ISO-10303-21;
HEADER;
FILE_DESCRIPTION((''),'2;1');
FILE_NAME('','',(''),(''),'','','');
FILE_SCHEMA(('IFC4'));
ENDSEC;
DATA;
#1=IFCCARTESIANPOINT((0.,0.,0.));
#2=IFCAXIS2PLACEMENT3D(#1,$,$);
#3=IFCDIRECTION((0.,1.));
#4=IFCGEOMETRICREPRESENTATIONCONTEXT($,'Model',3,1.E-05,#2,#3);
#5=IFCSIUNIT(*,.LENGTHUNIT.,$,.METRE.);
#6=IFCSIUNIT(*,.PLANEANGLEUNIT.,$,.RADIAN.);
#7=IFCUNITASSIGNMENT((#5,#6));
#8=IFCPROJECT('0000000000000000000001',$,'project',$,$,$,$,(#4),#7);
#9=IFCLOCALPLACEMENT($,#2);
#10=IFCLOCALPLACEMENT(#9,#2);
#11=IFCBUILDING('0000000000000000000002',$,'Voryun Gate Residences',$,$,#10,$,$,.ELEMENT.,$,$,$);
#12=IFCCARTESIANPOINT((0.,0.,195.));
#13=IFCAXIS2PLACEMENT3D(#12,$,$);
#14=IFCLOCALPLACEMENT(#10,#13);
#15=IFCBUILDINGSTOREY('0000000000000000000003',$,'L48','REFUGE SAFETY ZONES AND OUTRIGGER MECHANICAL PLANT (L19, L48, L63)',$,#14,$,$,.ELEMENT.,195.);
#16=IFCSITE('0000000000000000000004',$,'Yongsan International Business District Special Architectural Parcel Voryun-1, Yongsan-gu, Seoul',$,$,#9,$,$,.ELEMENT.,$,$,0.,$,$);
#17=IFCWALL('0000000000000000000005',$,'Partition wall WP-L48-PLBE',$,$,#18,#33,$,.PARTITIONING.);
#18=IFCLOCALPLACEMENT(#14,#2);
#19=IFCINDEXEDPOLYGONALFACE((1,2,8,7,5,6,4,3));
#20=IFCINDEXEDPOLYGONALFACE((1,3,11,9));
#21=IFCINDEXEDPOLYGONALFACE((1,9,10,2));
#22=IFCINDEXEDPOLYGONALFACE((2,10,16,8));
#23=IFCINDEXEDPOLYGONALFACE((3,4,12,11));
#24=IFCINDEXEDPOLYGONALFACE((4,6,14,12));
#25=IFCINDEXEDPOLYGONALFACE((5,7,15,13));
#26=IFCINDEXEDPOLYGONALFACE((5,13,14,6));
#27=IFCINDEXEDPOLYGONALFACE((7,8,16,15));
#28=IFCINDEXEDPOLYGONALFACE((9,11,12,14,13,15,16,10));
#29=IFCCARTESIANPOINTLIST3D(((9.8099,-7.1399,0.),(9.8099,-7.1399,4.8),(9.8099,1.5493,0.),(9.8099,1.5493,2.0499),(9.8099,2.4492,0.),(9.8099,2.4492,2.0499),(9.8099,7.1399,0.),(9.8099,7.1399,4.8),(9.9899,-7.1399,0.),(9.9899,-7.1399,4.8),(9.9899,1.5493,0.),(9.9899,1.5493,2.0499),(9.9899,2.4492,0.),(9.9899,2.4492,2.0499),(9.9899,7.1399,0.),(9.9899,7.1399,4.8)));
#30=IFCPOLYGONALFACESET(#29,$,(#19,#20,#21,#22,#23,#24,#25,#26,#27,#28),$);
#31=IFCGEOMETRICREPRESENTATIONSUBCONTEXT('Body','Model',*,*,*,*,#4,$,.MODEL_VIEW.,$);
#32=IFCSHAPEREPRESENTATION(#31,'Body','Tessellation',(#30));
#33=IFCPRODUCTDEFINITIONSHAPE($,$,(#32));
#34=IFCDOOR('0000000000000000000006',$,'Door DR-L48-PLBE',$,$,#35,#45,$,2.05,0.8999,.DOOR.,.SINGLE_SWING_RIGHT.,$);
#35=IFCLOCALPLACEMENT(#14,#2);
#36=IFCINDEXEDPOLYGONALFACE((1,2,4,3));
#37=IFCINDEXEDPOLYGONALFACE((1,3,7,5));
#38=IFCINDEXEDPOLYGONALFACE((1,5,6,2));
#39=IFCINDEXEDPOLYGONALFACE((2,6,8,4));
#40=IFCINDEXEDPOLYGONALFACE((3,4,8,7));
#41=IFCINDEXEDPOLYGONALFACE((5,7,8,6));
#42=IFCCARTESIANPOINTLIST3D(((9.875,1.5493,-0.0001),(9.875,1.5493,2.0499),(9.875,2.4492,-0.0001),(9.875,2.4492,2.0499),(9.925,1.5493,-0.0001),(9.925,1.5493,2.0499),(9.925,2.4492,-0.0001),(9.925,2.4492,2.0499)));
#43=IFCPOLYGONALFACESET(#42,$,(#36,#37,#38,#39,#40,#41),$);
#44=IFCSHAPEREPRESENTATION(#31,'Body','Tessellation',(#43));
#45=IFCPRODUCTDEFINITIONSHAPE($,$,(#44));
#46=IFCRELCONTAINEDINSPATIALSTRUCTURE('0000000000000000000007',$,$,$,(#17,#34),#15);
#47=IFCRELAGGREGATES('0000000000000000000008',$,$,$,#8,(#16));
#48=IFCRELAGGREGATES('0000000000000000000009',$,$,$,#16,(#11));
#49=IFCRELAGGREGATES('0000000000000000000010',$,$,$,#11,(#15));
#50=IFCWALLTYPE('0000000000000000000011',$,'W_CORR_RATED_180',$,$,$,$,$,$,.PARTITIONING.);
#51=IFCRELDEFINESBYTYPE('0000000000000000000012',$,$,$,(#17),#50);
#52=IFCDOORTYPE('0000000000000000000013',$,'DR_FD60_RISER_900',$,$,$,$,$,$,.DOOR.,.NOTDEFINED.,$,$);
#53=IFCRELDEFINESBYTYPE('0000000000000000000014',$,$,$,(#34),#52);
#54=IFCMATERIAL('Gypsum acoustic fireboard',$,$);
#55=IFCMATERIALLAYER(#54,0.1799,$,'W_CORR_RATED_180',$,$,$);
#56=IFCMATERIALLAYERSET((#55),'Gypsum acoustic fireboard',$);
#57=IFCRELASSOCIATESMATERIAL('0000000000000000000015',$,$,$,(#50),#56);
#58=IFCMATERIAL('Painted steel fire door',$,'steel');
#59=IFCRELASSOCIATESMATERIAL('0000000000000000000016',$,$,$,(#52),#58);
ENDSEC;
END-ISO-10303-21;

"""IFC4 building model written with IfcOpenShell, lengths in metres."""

from ifc_helpers import new_model, si_unit, direction, frame, frame_2d, origin, place, context, subcontext, project, spatial, rectangle, extrude, material, layer, layer_set, type_object, element, fill, save


model = new_model("IFC4")

# Units and contexts
model_context = context("Model", 3, precision=1e-05, world=origin(), true_north=direction((0.0, 1.0)))
body_context = subcontext(model_context, "Body", "Model", "MODEL_VIEW")
ifc_project = project(units=[si_unit("LENGTHUNIT", "METRE"), si_unit("PLANEANGLEUNIT", "RADIAN")], contexts=[model_context])

# Site, building, storey
site_placement = place(None, origin())
site = spatial("IfcSite", under=ifc_project, at=site_placement, Name="Yongsan International Business District Special Architectural Parcel Voryun-1, Yongsan-gu, Seoul", CompositionType="ELEMENT", RefElevation=0.0)
building_placement = place(site_placement, origin())
building = spatial("IfcBuilding", under=site, at=building_placement, Name="Voryun Gate Residences", CompositionType="ELEMENT")
storey_placement = place(building_placement, frame((0.0, 0.0, 195.0)))
storey = spatial("IfcBuildingStorey", under=building, at=storey_placement, Name="L48", Description="REFUGE SAFETY ZONES AND OUTRIGGER MECHANICAL PLANT (L19, L48, L63)", CompositionType="ELEMENT", Elevation=195.0)

# Shared definitions
ifc_material_1 = material(Name="Gypsum acoustic fireboard")
ifc_layer_1 = layer(ifc_material_1, 0.1799, Name="W_CORR_RATED_180")
ifc_layer_set_1 = layer_set([ifc_layer_1], Name="Gypsum acoustic fireboard")
wall_type_1 = type_object("IfcWallType", Name="W_CORR_RATED_180", PredefinedType="PARTITIONING", material=ifc_layer_set_1)

# Wall, opening, door
wall_1_placement = place(storey_placement, frame((9.8999, -7.1399, 0.0), z_axis=(0.0, 0.0, 1.0), x_axis=(0.0, 1.0, 0.0)))
wall_1 = element("IfcWall", 1, at=wall_1_placement, inside=storey, type_object=wall_type_1, Name="Partition wall WP-L48-PLBE", PredefinedType="PARTITIONING", context=body_context, shape_type="SweptSolid", body=[
    extrude(rectangle(XDim=14.2798, YDim=0.1799, at=frame_2d((7.1399, 0.0))), origin(), (0.0, 0.0, 1.0), 4.8),
])
opening_placement = place(wall_1_placement, frame((8.6892, 0.0, 0.0)))
opening = element("IfcOpeningElement", 2, at=opening_placement, cuts=wall_1, PredefinedType="OPENING", context=body_context, shape_type="SweptSolid", body=[
    extrude(rectangle(XDim=0.8999, YDim=2.05, at=frame_2d((0.45, 1.0249))), frame((0.0, 0.0999, 0.0), z_axis=(0.0, -1.0, 0.0), x_axis=(1.0, 0.0, 0.0)), (0.0, 0.0, 1.0), 0.2),
])
ifc_material_2 = material(Name="Painted steel fire door", Category="steel")
door_type = type_object("IfcDoorType", Name="DR_FD60_RISER_900", OperationType="NOTDEFINED", PredefinedType="DOOR", material=ifc_material_2)
door_placement = place(opening_placement, origin())
door = element("IfcDoor", 3, at=door_placement, inside=storey, type_object=door_type, Name="Door DR-L48-PLBE", OperationType="SINGLE_SWING_RIGHT", OverallHeight=2.05, OverallWidth=0.8999, PredefinedType="DOOR", context=body_context, shape_type="SweptSolid", body=[
    extrude(rectangle(XDim=0.8999, YDim=2.05, at=frame_2d((0.45, 1.0249))), frame((0.0, 0.0249, 0.0), z_axis=(0.0, -1.0, 0.0), x_axis=(1.0, 0.0, 0.0)), (0.0, 0.0, 1.0), 0.05),
])
fill(opening, door)

save(model, "model.ifc")
